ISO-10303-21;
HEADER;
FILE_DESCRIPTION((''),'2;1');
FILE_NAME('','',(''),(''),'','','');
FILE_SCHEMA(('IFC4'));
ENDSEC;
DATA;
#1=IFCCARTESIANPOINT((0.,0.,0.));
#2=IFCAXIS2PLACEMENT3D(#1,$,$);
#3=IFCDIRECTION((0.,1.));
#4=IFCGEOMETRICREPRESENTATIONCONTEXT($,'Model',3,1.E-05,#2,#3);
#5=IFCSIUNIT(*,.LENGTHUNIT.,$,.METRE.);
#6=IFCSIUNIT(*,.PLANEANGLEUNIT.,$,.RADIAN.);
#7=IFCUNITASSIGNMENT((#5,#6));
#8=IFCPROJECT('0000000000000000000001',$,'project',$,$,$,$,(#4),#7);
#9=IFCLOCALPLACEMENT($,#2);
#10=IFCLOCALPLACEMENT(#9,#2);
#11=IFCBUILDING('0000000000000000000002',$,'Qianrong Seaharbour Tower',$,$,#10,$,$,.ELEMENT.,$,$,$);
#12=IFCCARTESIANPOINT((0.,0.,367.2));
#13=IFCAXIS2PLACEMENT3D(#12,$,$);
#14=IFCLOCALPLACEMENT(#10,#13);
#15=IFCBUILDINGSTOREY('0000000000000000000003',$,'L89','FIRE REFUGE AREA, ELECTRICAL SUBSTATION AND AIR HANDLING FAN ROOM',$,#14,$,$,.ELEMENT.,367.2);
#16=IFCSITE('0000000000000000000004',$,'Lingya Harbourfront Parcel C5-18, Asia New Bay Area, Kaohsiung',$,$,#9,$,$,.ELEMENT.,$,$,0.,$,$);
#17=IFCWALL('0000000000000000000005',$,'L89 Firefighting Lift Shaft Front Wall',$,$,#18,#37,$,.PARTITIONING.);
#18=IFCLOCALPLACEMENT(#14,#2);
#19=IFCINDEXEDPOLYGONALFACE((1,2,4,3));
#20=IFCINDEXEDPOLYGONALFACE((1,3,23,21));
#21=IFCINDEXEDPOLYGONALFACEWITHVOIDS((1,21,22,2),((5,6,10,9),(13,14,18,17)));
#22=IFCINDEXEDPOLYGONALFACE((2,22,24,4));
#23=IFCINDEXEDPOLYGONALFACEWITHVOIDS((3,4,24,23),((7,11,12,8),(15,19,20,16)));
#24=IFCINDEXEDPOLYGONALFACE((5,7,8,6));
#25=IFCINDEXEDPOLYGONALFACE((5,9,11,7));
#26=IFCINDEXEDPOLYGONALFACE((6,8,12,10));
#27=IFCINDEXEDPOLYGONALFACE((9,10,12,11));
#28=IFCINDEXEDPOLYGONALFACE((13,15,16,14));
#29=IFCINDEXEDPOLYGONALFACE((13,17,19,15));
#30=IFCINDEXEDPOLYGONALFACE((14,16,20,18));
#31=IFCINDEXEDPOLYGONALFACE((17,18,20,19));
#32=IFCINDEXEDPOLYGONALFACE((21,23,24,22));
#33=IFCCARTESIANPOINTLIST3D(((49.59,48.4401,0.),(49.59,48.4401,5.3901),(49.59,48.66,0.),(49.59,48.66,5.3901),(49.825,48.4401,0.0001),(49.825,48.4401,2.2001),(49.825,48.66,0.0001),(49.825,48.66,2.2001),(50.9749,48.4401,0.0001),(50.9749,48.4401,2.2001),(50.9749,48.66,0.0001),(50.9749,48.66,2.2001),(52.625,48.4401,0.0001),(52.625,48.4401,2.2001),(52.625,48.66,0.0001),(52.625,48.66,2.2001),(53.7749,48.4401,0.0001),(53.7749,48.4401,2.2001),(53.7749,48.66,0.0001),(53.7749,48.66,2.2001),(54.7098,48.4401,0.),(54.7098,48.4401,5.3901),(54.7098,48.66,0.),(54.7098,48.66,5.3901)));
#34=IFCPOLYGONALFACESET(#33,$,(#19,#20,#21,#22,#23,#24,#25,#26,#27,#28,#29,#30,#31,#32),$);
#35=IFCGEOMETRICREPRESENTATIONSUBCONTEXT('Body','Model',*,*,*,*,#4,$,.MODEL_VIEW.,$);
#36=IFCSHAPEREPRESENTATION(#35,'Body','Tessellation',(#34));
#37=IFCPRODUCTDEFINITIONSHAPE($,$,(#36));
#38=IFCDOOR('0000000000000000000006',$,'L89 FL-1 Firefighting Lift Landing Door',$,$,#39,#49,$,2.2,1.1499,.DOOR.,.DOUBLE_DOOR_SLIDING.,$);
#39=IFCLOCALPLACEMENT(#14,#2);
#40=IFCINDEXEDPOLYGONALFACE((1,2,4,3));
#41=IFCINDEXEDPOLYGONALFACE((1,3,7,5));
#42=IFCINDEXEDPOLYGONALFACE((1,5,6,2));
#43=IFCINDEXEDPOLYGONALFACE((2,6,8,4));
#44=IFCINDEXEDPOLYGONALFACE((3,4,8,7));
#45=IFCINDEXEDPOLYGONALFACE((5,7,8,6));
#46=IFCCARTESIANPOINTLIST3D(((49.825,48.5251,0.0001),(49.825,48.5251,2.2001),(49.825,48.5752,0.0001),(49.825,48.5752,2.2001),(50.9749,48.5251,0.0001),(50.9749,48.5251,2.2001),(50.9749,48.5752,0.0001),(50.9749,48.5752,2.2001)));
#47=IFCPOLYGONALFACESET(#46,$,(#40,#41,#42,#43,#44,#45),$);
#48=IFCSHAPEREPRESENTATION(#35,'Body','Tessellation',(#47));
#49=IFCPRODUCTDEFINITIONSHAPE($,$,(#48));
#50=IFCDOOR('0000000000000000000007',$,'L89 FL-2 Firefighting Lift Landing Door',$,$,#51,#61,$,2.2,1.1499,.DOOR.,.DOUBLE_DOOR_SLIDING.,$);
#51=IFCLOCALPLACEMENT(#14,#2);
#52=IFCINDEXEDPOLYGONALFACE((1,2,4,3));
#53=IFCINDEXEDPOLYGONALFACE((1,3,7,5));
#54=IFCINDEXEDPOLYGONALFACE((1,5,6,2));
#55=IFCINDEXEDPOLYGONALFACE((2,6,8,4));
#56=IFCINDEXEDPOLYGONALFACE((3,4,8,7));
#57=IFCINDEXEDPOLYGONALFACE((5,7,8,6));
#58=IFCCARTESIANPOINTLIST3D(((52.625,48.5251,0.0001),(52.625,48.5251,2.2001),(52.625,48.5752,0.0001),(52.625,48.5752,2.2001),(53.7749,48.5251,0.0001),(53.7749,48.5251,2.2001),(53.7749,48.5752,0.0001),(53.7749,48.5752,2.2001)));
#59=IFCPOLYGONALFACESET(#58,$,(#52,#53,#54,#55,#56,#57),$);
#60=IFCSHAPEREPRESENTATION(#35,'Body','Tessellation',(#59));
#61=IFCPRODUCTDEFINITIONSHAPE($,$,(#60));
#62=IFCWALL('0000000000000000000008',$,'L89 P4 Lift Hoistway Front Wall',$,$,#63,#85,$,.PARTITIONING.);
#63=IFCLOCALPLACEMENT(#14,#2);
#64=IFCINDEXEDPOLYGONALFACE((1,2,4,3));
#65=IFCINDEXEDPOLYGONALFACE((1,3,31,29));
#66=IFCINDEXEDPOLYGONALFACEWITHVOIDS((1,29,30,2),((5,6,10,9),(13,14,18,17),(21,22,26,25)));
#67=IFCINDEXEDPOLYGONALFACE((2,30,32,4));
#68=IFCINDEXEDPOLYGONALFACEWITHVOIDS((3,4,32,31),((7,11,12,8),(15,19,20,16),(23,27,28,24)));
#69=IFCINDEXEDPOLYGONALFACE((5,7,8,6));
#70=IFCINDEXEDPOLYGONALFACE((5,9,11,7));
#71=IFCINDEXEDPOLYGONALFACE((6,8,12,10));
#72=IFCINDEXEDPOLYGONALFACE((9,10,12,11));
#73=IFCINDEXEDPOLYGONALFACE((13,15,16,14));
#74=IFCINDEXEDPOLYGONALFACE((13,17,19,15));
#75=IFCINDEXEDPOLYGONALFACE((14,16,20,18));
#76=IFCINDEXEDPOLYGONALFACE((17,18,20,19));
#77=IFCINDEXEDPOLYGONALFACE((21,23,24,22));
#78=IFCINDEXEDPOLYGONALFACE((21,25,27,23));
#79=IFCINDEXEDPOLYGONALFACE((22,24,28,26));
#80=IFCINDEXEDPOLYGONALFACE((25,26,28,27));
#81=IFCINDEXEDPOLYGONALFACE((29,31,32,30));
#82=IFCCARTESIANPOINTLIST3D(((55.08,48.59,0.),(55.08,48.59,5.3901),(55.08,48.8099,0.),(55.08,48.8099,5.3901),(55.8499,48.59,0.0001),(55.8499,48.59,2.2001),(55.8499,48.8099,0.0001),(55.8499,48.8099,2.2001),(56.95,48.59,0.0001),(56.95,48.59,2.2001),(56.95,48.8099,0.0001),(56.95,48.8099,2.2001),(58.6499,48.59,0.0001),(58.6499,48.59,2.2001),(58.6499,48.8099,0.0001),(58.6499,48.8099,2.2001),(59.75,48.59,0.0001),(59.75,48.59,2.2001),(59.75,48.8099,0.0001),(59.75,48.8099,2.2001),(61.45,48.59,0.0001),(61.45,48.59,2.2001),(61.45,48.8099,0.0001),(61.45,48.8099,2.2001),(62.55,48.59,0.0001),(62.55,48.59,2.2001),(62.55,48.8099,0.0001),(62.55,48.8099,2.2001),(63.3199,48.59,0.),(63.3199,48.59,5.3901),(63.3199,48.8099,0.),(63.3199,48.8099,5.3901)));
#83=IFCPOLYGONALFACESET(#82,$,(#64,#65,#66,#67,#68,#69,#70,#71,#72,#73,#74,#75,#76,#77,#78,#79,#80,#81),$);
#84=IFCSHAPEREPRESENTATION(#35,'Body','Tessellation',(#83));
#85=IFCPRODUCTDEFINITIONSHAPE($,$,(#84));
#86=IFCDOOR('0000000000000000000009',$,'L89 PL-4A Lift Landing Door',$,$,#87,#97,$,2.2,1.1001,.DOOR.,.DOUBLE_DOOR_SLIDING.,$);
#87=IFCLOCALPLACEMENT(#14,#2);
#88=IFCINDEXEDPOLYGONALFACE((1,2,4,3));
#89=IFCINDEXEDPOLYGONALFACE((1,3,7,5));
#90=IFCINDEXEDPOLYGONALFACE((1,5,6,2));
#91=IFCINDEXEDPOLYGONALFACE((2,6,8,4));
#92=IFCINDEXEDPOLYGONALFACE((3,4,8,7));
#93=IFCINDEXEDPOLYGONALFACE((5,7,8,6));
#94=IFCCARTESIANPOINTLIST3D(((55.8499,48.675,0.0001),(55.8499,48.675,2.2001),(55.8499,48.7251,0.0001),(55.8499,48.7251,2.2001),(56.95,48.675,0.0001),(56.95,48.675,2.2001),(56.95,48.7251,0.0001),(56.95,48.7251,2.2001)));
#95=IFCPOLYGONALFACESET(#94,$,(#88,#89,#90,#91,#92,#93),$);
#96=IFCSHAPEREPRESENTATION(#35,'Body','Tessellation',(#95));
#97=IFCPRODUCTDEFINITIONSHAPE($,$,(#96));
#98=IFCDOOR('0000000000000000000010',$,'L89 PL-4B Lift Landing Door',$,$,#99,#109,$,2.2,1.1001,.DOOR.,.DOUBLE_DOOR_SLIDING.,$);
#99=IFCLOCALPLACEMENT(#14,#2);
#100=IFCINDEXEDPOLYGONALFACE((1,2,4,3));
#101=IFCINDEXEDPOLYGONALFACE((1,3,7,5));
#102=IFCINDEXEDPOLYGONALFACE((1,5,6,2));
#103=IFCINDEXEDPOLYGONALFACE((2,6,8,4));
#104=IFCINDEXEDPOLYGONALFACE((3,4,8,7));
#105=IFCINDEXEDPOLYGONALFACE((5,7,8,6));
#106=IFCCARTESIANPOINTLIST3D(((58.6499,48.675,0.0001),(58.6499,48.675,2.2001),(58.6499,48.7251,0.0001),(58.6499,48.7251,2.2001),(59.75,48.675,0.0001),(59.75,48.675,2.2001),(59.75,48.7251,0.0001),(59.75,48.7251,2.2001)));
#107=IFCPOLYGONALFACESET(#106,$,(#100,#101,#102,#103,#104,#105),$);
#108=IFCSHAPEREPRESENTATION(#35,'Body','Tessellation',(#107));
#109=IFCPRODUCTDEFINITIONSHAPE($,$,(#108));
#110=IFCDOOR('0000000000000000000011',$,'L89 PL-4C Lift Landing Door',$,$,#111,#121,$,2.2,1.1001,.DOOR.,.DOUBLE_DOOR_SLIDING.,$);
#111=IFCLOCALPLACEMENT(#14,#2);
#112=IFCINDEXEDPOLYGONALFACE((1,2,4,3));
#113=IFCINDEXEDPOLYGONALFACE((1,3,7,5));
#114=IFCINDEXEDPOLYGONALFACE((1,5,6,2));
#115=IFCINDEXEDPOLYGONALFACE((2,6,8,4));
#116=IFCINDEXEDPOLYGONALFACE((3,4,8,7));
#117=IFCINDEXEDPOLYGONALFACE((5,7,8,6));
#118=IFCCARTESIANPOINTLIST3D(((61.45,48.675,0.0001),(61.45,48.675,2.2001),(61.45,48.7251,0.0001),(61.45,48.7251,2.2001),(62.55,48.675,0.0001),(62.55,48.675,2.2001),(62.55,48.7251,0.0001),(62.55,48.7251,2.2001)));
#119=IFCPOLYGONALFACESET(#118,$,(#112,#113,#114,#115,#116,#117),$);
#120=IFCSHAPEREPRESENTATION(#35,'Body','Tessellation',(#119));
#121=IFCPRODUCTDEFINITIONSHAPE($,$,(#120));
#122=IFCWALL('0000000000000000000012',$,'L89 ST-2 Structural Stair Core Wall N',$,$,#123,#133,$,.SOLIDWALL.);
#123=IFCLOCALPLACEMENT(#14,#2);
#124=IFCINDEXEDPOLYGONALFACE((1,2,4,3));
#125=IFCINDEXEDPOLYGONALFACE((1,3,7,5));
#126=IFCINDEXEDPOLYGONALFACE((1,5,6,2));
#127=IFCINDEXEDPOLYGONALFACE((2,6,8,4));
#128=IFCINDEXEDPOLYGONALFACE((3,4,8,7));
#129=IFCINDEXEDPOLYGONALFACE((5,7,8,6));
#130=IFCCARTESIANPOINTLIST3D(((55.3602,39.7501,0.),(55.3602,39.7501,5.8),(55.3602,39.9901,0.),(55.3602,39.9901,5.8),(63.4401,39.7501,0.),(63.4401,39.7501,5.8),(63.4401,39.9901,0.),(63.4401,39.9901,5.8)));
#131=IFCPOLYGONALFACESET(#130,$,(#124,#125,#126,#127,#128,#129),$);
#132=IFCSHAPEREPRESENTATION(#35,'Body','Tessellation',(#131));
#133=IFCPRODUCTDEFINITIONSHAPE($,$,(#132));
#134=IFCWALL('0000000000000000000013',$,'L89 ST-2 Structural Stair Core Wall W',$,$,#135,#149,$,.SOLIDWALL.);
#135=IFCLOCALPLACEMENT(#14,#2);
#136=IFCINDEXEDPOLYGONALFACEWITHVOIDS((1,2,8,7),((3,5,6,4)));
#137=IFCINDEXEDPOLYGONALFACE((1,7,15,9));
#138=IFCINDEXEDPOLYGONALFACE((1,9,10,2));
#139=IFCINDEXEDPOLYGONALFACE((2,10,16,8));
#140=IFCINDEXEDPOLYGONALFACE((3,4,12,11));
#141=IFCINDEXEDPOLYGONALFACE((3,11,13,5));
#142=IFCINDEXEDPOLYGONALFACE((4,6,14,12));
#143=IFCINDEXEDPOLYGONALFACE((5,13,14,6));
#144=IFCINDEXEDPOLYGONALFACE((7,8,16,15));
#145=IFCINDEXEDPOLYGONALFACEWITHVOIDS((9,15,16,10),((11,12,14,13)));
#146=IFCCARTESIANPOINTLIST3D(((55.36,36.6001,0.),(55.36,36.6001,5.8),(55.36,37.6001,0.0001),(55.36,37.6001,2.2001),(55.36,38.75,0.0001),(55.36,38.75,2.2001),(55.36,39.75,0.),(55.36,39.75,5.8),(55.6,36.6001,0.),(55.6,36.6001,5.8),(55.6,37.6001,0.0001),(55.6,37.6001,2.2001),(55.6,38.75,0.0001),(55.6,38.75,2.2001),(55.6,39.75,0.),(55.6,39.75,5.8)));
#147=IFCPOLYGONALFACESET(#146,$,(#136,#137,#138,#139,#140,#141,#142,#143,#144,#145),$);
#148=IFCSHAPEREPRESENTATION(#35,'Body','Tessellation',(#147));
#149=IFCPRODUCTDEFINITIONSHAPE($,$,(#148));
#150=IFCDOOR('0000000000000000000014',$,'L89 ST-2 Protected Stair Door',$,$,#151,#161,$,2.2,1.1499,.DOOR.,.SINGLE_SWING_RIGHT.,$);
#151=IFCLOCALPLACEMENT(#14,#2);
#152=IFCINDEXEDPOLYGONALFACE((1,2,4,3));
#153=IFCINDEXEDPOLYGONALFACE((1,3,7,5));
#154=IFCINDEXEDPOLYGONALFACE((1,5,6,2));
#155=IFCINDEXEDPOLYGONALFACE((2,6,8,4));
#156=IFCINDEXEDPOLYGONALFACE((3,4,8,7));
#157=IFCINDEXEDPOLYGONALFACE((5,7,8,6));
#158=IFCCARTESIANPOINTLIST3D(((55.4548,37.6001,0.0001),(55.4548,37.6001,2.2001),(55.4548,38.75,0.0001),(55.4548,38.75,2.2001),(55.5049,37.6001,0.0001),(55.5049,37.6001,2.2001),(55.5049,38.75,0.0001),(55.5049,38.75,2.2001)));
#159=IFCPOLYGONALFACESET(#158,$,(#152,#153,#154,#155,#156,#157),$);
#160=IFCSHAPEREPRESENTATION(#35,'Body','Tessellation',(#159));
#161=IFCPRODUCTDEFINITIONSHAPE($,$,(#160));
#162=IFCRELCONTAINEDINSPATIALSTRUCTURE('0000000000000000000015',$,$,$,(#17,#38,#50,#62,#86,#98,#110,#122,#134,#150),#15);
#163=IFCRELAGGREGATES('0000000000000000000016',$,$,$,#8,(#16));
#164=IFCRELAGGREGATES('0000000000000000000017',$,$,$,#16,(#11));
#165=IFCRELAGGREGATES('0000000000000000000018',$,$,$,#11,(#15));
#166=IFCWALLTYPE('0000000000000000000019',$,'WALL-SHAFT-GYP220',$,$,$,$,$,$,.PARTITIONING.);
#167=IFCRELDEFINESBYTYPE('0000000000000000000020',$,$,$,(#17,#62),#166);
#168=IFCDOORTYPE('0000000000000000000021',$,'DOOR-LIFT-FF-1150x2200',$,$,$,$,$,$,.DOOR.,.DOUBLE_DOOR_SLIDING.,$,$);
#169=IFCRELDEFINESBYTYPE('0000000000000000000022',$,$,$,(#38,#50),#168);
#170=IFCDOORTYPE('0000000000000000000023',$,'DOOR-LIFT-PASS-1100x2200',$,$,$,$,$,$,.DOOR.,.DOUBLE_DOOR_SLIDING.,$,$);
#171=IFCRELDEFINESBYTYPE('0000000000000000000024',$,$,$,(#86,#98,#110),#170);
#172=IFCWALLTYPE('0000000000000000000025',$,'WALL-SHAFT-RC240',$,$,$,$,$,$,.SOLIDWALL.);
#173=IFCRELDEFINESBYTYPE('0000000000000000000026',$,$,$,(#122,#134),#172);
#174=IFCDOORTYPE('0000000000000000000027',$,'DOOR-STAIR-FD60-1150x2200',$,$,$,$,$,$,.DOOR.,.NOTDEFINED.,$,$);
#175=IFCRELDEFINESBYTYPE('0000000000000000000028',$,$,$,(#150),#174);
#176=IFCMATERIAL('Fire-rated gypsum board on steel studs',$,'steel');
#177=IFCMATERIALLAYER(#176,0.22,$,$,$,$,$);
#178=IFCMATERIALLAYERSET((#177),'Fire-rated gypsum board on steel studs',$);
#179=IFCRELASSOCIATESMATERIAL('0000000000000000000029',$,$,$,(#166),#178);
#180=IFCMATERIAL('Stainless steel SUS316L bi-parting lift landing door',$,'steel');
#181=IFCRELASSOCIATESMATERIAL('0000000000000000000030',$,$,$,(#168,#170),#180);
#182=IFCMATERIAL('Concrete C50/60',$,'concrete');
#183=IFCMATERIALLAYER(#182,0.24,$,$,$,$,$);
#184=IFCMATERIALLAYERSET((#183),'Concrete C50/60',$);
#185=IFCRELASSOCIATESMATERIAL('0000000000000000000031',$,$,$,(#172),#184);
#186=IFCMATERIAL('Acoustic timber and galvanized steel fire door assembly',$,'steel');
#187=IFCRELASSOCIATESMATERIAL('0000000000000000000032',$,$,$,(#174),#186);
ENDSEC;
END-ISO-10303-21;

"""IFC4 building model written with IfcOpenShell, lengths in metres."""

from ifc_helpers import new_model, si_unit, direction, frame, frame_2d, origin, place, context, subcontext, project, spatial, rectangle, extrude, material, layer, layer_set, type_object, element, fill, save


model = new_model("IFC4")

# Units and contexts
model_context = context("Model", 3, precision=1e-05, world=origin(), true_north=direction((0.0, 1.0)))
body_context = subcontext(model_context, "Body", "Model", "MODEL_VIEW")
ifc_project = project(units=[si_unit("LENGTHUNIT", "METRE"), si_unit("PLANEANGLEUNIT", "RADIAN")], contexts=[model_context])

# Site, building, storey
site_placement = place(None, origin())
site = spatial("IfcSite", under=ifc_project, at=site_placement, Name="Lingya Harbourfront Parcel C5-18, Asia New Bay Area, Kaohsiung", CompositionType="ELEMENT", RefElevation=0.0)
building_placement = place(site_placement, origin())
building = spatial("IfcBuilding", under=site, at=building_placement, Name="Qianrong Seaharbour Tower", CompositionType="ELEMENT")
storey_placement = place(building_placement, frame((0.0, 0.0, 367.2)))
storey = spatial("IfcBuildingStorey", under=building, at=storey_placement, Name="L89", Description="FIRE REFUGE AREA, ELECTRICAL SUBSTATION AND AIR HANDLING FAN ROOM", CompositionType="ELEMENT", Elevation=367.2)

# Shared definitions
ifc_material_1 = material(Name="Concrete C50/60", Category="concrete")

# Shared definitions
ifc_material_2 = material(Name="Acoustic timber and galvanized steel fire door assembly", Category="steel")

# Shared definitions
ifc_material_3 = material(Name="Fire-rated gypsum board on steel studs", Category="steel")

# Walls, openings, doors
ifc_layer_1 = layer(ifc_material_3, 0.22)
ifc_layer_set_1 = layer_set([ifc_layer_1], Name="Fire-rated gypsum board on steel studs")
wall_type_1 = type_object("IfcWallType", Name="WALL-SHAFT-GYP220", PredefinedType="PARTITIONING", material=ifc_layer_set_1)
wall_1_placement = place(storey_placement, frame((54.71, 48.55, 0.0), z_axis=(0.0, 0.0, 1.0), x_axis=(-1.0, 0.0, 0.0)))
wall_1 = element("IfcWall", 1, at=wall_1_placement, inside=storey, type_object=wall_type_1, Name="L89 Firefighting Lift Shaft Front Wall", PredefinedType="PARTITIONING", context=body_context, shape_type="SweptSolid", body=[
    extrude(rectangle(XDim=5.1199, YDim=0.22, at=frame_2d((2.5601, 0.0))), origin(), (0.0, 0.0, 1.0), 5.3901),
])
opening_1_placement = place(wall_1_placement, frame((3.7351, 0.0, 0.0)))
opening_1 = element("IfcOpeningElement", 2, at=opening_1_placement, cuts=wall_1, PredefinedType="OPENING", context=body_context, shape_type="SweptSolid", body=[
    extrude(rectangle(XDim=1.1499, YDim=2.2, at=frame_2d((0.575, 1.1001))), frame((0.0, 0.1201, 0.0), z_axis=(0.0, -1.0, 0.0), x_axis=(1.0, 0.0, 0.0)), (0.0, 0.0, 1.0), 0.24),
])
opening_2_placement = place(wall_1_placement, frame((0.9351, 0.0, 0.0)))
opening_2 = element("IfcOpeningElement", 3, at=opening_2_placement, cuts=wall_1, PredefinedType="OPENING", context=body_context, shape_type="SweptSolid", body=[
    extrude(rectangle(XDim=1.1499, YDim=2.2, at=frame_2d((0.575, 1.1001))), frame((0.0, 0.1201, 0.0), z_axis=(0.0, -1.0, 0.0), x_axis=(1.0, 0.0, 0.0)), (0.0, 0.0, 1.0), 0.24),
])
ifc_material_4 = material(Name="Stainless steel SUS316L bi-parting lift landing door", Category="steel")
door_type_1 = type_object("IfcDoorType", Name="DOOR-LIFT-FF-1150x2200", OperationType="DOUBLE_DOOR_SLIDING", PredefinedType="DOOR", material=ifc_material_4)
door_1_placement = place(opening_1_placement, origin())
door_1 = element("IfcDoor", 4, at=door_1_placement, inside=storey, type_object=door_type_1, Name="L89 FL-1 Firefighting Lift Landing Door", OperationType="DOUBLE_DOOR_SLIDING", OverallHeight=2.2, OverallWidth=1.1499, PredefinedType="DOOR", context=body_context, shape_type="SweptSolid", body=[
    extrude(rectangle(XDim=1.1499, YDim=2.2, at=frame_2d((0.575, 1.1001))), frame((0.0, 0.0249, 0.0), z_axis=(0.0, -1.0, 0.0), x_axis=(1.0, 0.0, 0.0)), (0.0, 0.0, 1.0), 0.05),
])
fill(opening_1, door_1)
door_2_placement = place(opening_2_placement, origin())
door_2 = element("IfcDoor", 5, at=door_2_placement, inside=storey, type_object=door_type_1, Name="L89 FL-2 Firefighting Lift Landing Door", OperationType="DOUBLE_DOOR_SLIDING", OverallHeight=2.2, OverallWidth=1.1499, PredefinedType="DOOR", context=body_context, shape_type="SweptSolid", body=[
    extrude(rectangle(XDim=1.1499, YDim=2.2, at=frame_2d((0.575, 1.1001))), frame((0.0, 0.0249, 0.0), z_axis=(0.0, -1.0, 0.0), x_axis=(1.0, 0.0, 0.0)), (0.0, 0.0, 1.0), 0.05),
])
fill(opening_2, door_2)
wall_2_placement = place(storey_placement, frame((63.3201, 48.7, 0.0), z_axis=(0.0, 0.0, 1.0), x_axis=(-1.0, 0.0, 0.0)))
wall_2 = element("IfcWall", 6, at=wall_2_placement, inside=storey, type_object=wall_type_1, Name="L89 P4 Lift Hoistway Front Wall", PredefinedType="PARTITIONING", context=body_context, shape_type="SweptSolid", body=[
    extrude(rectangle(XDim=8.24, YDim=0.22, at=frame_2d((4.1201, 0.0))), origin(), (0.0, 0.0, 1.0), 5.3901),
])
opening_3_placement = place(wall_2_placement, frame((6.3701, 0.0, 0.0)))
opening_3 = element("IfcOpeningElement", 7, at=opening_3_placement, cuts=wall_2, PredefinedType="OPENING", context=body_context, shape_type="SweptSolid", body=[
    extrude(rectangle(XDim=1.1001, YDim=2.2, at=frame_2d((0.55, 1.1001))), frame((0.0, 0.1201, 0.0), z_axis=(0.0, -1.0, 0.0), x_axis=(1.0, 0.0, 0.0)), (0.0, 0.0, 1.0), 0.24),
])
opening_4_placement = place(wall_2_placement, frame((3.5701, 0.0, 0.0)))
opening_4 = element("IfcOpeningElement", 8, at=opening_4_placement, cuts=wall_2, PredefinedType="OPENING", context=body_context, shape_type="SweptSolid", body=[
    extrude(rectangle(XDim=1.1001, YDim=2.2, at=frame_2d((0.55, 1.1001))), frame((0.0, 0.1201, 0.0), z_axis=(0.0, -1.0, 0.0), x_axis=(1.0, 0.0, 0.0)), (0.0, 0.0, 1.0), 0.24),
])
opening_5_placement = place(wall_2_placement, frame((0.77, 0.0, 0.0)))
opening_5 = element("IfcOpeningElement", 9, at=opening_5_placement, cuts=wall_2, PredefinedType="OPENING", context=body_context, shape_type="SweptSolid", body=[
    extrude(rectangle(XDim=1.1001, YDim=2.2, at=frame_2d((0.55, 1.1001))), frame((0.0, 0.1201, 0.0), z_axis=(0.0, -1.0, 0.0), x_axis=(1.0, 0.0, 0.0)), (0.0, 0.0, 1.0), 0.24),
])
door_type_2 = type_object("IfcDoorType", Name="DOOR-LIFT-PASS-1100x2200", OperationType="DOUBLE_DOOR_SLIDING", PredefinedType="DOOR", material=ifc_material_4)
door_3_placement = place(opening_3_placement, origin())
door_3 = element("IfcDoor", 10, at=door_3_placement, inside=storey, type_object=door_type_2, Name="L89 PL-4A Lift Landing Door", OperationType="DOUBLE_DOOR_SLIDING", OverallHeight=2.2, OverallWidth=1.1001, PredefinedType="DOOR", context=body_context, shape_type="SweptSolid", body=[
    extrude(rectangle(XDim=1.1001, YDim=2.2, at=frame_2d((0.55, 1.1001))), frame((0.0, 0.0249, 0.0), z_axis=(0.0, -1.0, 0.0), x_axis=(1.0, 0.0, 0.0)), (0.0, 0.0, 1.0), 0.05),
])
fill(opening_3, door_3)
door_4_placement = place(opening_4_placement, origin())
door_4 = element("IfcDoor", 11, at=door_4_placement, inside=storey, type_object=door_type_2, Name="L89 PL-4B Lift Landing Door", OperationType="DOUBLE_DOOR_SLIDING", OverallHeight=2.2, OverallWidth=1.1001, PredefinedType="DOOR", context=body_context, shape_type="SweptSolid", body=[
    extrude(rectangle(XDim=1.1001, YDim=2.2, at=frame_2d((0.55, 1.1001))), frame((0.0, 0.0249, 0.0), z_axis=(0.0, -1.0, 0.0), x_axis=(1.0, 0.0, 0.0)), (0.0, 0.0, 1.0), 0.05),
])
fill(opening_4, door_4)
door_5_placement = place(opening_5_placement, origin())
door_5 = element("IfcDoor", 12, at=door_5_placement, inside=storey, type_object=door_type_2, Name="L89 PL-4C Lift Landing Door", OperationType="DOUBLE_DOOR_SLIDING", OverallHeight=2.2, OverallWidth=1.1001, PredefinedType="DOOR", context=body_context, shape_type="SweptSolid", body=[
    extrude(rectangle(XDim=1.1001, YDim=2.2, at=frame_2d((0.55, 1.1001))), frame((0.0, 0.0249, 0.0), z_axis=(0.0, -1.0, 0.0), x_axis=(1.0, 0.0, 0.0)), (0.0, 0.0, 1.0), 0.05),
])
fill(opening_5, door_5)

# Wall
ifc_layer_2 = layer(ifc_material_1, 0.24)
ifc_layer_set_2 = layer_set([ifc_layer_2], Name="Concrete C50/60")
wall_type_2 = type_object("IfcWallType", Name="WALL-SHAFT-RC240", PredefinedType="SOLIDWALL", material=ifc_layer_set_2)
wall_3_placement = place(storey_placement, frame((55.3601, 39.8701, 0.0), z_axis=(0.0, 0.0, 1.0), x_axis=(1.0, 0.0, 0.0)))
element("IfcWall", 13, at=wall_3_placement, inside=storey, type_object=wall_type_2, Name="L89 ST-2 Structural Stair Core Wall N", PredefinedType="SOLIDWALL", context=body_context, shape_type="SweptSolid", body=[
    extrude(rectangle(XDim=8.0798, YDim=0.24, at=frame_2d((4.04, 0.0))), origin(), (0.0, 0.0, 1.0), 5.8),
])

# Wall, opening, door
wall_4_placement = place(storey_placement, frame((55.48, 39.75, 0.0), z_axis=(0.0, 0.0, 1.0), x_axis=(0.0, -1.0, 0.0)))
wall_4 = element("IfcWall", 14, at=wall_4_placement, inside=storey, type_object=wall_type_2, Name="L89 ST-2 Structural Stair Core Wall W", PredefinedType="SOLIDWALL", context=body_context, shape_type="SweptSolid", body=[
    extrude(rectangle(XDim=3.1499, YDim=0.24, at=frame_2d((1.575, 0.0))), origin(), (0.0, 0.0, 1.0), 5.8),
])
opening_6_placement = place(wall_4_placement, frame((1.0, 0.0, 0.0)))
opening_6 = element("IfcOpeningElement", 15, at=opening_6_placement, cuts=wall_4, PredefinedType="OPENING", context=body_context, shape_type="SweptSolid", body=[
    extrude(rectangle(XDim=1.1499, YDim=2.2, at=frame_2d((0.575, 1.1001))), frame((0.0, 0.1299, 0.0), z_axis=(0.0, -1.0, 0.0), x_axis=(1.0, 0.0, 0.0)), (0.0, 0.0, 1.0), 0.26),
])
door_type_3 = type_object("IfcDoorType", Name="DOOR-STAIR-FD60-1150x2200", OperationType="NOTDEFINED", PredefinedType="DOOR", material=ifc_material_2)
door_6_placement = place(opening_6_placement, origin())
door_6 = element("IfcDoor", 16, at=door_6_placement, inside=storey, type_object=door_type_3, Name="L89 ST-2 Protected Stair Door", OperationType="SINGLE_SWING_RIGHT", OverallHeight=2.2, OverallWidth=1.1499, PredefinedType="DOOR", context=body_context, shape_type="SweptSolid", body=[
    extrude(rectangle(XDim=1.1499, YDim=2.2, at=frame_2d((0.575, 1.1001))), frame((0.0, 0.0249, 0.0), z_axis=(0.0, -1.0, 0.0), x_axis=(1.0, 0.0, 0.0)), (0.0, 0.0, 1.0), 0.05),
])
fill(opening_6, door_6)

save(model, "model.ifc")
